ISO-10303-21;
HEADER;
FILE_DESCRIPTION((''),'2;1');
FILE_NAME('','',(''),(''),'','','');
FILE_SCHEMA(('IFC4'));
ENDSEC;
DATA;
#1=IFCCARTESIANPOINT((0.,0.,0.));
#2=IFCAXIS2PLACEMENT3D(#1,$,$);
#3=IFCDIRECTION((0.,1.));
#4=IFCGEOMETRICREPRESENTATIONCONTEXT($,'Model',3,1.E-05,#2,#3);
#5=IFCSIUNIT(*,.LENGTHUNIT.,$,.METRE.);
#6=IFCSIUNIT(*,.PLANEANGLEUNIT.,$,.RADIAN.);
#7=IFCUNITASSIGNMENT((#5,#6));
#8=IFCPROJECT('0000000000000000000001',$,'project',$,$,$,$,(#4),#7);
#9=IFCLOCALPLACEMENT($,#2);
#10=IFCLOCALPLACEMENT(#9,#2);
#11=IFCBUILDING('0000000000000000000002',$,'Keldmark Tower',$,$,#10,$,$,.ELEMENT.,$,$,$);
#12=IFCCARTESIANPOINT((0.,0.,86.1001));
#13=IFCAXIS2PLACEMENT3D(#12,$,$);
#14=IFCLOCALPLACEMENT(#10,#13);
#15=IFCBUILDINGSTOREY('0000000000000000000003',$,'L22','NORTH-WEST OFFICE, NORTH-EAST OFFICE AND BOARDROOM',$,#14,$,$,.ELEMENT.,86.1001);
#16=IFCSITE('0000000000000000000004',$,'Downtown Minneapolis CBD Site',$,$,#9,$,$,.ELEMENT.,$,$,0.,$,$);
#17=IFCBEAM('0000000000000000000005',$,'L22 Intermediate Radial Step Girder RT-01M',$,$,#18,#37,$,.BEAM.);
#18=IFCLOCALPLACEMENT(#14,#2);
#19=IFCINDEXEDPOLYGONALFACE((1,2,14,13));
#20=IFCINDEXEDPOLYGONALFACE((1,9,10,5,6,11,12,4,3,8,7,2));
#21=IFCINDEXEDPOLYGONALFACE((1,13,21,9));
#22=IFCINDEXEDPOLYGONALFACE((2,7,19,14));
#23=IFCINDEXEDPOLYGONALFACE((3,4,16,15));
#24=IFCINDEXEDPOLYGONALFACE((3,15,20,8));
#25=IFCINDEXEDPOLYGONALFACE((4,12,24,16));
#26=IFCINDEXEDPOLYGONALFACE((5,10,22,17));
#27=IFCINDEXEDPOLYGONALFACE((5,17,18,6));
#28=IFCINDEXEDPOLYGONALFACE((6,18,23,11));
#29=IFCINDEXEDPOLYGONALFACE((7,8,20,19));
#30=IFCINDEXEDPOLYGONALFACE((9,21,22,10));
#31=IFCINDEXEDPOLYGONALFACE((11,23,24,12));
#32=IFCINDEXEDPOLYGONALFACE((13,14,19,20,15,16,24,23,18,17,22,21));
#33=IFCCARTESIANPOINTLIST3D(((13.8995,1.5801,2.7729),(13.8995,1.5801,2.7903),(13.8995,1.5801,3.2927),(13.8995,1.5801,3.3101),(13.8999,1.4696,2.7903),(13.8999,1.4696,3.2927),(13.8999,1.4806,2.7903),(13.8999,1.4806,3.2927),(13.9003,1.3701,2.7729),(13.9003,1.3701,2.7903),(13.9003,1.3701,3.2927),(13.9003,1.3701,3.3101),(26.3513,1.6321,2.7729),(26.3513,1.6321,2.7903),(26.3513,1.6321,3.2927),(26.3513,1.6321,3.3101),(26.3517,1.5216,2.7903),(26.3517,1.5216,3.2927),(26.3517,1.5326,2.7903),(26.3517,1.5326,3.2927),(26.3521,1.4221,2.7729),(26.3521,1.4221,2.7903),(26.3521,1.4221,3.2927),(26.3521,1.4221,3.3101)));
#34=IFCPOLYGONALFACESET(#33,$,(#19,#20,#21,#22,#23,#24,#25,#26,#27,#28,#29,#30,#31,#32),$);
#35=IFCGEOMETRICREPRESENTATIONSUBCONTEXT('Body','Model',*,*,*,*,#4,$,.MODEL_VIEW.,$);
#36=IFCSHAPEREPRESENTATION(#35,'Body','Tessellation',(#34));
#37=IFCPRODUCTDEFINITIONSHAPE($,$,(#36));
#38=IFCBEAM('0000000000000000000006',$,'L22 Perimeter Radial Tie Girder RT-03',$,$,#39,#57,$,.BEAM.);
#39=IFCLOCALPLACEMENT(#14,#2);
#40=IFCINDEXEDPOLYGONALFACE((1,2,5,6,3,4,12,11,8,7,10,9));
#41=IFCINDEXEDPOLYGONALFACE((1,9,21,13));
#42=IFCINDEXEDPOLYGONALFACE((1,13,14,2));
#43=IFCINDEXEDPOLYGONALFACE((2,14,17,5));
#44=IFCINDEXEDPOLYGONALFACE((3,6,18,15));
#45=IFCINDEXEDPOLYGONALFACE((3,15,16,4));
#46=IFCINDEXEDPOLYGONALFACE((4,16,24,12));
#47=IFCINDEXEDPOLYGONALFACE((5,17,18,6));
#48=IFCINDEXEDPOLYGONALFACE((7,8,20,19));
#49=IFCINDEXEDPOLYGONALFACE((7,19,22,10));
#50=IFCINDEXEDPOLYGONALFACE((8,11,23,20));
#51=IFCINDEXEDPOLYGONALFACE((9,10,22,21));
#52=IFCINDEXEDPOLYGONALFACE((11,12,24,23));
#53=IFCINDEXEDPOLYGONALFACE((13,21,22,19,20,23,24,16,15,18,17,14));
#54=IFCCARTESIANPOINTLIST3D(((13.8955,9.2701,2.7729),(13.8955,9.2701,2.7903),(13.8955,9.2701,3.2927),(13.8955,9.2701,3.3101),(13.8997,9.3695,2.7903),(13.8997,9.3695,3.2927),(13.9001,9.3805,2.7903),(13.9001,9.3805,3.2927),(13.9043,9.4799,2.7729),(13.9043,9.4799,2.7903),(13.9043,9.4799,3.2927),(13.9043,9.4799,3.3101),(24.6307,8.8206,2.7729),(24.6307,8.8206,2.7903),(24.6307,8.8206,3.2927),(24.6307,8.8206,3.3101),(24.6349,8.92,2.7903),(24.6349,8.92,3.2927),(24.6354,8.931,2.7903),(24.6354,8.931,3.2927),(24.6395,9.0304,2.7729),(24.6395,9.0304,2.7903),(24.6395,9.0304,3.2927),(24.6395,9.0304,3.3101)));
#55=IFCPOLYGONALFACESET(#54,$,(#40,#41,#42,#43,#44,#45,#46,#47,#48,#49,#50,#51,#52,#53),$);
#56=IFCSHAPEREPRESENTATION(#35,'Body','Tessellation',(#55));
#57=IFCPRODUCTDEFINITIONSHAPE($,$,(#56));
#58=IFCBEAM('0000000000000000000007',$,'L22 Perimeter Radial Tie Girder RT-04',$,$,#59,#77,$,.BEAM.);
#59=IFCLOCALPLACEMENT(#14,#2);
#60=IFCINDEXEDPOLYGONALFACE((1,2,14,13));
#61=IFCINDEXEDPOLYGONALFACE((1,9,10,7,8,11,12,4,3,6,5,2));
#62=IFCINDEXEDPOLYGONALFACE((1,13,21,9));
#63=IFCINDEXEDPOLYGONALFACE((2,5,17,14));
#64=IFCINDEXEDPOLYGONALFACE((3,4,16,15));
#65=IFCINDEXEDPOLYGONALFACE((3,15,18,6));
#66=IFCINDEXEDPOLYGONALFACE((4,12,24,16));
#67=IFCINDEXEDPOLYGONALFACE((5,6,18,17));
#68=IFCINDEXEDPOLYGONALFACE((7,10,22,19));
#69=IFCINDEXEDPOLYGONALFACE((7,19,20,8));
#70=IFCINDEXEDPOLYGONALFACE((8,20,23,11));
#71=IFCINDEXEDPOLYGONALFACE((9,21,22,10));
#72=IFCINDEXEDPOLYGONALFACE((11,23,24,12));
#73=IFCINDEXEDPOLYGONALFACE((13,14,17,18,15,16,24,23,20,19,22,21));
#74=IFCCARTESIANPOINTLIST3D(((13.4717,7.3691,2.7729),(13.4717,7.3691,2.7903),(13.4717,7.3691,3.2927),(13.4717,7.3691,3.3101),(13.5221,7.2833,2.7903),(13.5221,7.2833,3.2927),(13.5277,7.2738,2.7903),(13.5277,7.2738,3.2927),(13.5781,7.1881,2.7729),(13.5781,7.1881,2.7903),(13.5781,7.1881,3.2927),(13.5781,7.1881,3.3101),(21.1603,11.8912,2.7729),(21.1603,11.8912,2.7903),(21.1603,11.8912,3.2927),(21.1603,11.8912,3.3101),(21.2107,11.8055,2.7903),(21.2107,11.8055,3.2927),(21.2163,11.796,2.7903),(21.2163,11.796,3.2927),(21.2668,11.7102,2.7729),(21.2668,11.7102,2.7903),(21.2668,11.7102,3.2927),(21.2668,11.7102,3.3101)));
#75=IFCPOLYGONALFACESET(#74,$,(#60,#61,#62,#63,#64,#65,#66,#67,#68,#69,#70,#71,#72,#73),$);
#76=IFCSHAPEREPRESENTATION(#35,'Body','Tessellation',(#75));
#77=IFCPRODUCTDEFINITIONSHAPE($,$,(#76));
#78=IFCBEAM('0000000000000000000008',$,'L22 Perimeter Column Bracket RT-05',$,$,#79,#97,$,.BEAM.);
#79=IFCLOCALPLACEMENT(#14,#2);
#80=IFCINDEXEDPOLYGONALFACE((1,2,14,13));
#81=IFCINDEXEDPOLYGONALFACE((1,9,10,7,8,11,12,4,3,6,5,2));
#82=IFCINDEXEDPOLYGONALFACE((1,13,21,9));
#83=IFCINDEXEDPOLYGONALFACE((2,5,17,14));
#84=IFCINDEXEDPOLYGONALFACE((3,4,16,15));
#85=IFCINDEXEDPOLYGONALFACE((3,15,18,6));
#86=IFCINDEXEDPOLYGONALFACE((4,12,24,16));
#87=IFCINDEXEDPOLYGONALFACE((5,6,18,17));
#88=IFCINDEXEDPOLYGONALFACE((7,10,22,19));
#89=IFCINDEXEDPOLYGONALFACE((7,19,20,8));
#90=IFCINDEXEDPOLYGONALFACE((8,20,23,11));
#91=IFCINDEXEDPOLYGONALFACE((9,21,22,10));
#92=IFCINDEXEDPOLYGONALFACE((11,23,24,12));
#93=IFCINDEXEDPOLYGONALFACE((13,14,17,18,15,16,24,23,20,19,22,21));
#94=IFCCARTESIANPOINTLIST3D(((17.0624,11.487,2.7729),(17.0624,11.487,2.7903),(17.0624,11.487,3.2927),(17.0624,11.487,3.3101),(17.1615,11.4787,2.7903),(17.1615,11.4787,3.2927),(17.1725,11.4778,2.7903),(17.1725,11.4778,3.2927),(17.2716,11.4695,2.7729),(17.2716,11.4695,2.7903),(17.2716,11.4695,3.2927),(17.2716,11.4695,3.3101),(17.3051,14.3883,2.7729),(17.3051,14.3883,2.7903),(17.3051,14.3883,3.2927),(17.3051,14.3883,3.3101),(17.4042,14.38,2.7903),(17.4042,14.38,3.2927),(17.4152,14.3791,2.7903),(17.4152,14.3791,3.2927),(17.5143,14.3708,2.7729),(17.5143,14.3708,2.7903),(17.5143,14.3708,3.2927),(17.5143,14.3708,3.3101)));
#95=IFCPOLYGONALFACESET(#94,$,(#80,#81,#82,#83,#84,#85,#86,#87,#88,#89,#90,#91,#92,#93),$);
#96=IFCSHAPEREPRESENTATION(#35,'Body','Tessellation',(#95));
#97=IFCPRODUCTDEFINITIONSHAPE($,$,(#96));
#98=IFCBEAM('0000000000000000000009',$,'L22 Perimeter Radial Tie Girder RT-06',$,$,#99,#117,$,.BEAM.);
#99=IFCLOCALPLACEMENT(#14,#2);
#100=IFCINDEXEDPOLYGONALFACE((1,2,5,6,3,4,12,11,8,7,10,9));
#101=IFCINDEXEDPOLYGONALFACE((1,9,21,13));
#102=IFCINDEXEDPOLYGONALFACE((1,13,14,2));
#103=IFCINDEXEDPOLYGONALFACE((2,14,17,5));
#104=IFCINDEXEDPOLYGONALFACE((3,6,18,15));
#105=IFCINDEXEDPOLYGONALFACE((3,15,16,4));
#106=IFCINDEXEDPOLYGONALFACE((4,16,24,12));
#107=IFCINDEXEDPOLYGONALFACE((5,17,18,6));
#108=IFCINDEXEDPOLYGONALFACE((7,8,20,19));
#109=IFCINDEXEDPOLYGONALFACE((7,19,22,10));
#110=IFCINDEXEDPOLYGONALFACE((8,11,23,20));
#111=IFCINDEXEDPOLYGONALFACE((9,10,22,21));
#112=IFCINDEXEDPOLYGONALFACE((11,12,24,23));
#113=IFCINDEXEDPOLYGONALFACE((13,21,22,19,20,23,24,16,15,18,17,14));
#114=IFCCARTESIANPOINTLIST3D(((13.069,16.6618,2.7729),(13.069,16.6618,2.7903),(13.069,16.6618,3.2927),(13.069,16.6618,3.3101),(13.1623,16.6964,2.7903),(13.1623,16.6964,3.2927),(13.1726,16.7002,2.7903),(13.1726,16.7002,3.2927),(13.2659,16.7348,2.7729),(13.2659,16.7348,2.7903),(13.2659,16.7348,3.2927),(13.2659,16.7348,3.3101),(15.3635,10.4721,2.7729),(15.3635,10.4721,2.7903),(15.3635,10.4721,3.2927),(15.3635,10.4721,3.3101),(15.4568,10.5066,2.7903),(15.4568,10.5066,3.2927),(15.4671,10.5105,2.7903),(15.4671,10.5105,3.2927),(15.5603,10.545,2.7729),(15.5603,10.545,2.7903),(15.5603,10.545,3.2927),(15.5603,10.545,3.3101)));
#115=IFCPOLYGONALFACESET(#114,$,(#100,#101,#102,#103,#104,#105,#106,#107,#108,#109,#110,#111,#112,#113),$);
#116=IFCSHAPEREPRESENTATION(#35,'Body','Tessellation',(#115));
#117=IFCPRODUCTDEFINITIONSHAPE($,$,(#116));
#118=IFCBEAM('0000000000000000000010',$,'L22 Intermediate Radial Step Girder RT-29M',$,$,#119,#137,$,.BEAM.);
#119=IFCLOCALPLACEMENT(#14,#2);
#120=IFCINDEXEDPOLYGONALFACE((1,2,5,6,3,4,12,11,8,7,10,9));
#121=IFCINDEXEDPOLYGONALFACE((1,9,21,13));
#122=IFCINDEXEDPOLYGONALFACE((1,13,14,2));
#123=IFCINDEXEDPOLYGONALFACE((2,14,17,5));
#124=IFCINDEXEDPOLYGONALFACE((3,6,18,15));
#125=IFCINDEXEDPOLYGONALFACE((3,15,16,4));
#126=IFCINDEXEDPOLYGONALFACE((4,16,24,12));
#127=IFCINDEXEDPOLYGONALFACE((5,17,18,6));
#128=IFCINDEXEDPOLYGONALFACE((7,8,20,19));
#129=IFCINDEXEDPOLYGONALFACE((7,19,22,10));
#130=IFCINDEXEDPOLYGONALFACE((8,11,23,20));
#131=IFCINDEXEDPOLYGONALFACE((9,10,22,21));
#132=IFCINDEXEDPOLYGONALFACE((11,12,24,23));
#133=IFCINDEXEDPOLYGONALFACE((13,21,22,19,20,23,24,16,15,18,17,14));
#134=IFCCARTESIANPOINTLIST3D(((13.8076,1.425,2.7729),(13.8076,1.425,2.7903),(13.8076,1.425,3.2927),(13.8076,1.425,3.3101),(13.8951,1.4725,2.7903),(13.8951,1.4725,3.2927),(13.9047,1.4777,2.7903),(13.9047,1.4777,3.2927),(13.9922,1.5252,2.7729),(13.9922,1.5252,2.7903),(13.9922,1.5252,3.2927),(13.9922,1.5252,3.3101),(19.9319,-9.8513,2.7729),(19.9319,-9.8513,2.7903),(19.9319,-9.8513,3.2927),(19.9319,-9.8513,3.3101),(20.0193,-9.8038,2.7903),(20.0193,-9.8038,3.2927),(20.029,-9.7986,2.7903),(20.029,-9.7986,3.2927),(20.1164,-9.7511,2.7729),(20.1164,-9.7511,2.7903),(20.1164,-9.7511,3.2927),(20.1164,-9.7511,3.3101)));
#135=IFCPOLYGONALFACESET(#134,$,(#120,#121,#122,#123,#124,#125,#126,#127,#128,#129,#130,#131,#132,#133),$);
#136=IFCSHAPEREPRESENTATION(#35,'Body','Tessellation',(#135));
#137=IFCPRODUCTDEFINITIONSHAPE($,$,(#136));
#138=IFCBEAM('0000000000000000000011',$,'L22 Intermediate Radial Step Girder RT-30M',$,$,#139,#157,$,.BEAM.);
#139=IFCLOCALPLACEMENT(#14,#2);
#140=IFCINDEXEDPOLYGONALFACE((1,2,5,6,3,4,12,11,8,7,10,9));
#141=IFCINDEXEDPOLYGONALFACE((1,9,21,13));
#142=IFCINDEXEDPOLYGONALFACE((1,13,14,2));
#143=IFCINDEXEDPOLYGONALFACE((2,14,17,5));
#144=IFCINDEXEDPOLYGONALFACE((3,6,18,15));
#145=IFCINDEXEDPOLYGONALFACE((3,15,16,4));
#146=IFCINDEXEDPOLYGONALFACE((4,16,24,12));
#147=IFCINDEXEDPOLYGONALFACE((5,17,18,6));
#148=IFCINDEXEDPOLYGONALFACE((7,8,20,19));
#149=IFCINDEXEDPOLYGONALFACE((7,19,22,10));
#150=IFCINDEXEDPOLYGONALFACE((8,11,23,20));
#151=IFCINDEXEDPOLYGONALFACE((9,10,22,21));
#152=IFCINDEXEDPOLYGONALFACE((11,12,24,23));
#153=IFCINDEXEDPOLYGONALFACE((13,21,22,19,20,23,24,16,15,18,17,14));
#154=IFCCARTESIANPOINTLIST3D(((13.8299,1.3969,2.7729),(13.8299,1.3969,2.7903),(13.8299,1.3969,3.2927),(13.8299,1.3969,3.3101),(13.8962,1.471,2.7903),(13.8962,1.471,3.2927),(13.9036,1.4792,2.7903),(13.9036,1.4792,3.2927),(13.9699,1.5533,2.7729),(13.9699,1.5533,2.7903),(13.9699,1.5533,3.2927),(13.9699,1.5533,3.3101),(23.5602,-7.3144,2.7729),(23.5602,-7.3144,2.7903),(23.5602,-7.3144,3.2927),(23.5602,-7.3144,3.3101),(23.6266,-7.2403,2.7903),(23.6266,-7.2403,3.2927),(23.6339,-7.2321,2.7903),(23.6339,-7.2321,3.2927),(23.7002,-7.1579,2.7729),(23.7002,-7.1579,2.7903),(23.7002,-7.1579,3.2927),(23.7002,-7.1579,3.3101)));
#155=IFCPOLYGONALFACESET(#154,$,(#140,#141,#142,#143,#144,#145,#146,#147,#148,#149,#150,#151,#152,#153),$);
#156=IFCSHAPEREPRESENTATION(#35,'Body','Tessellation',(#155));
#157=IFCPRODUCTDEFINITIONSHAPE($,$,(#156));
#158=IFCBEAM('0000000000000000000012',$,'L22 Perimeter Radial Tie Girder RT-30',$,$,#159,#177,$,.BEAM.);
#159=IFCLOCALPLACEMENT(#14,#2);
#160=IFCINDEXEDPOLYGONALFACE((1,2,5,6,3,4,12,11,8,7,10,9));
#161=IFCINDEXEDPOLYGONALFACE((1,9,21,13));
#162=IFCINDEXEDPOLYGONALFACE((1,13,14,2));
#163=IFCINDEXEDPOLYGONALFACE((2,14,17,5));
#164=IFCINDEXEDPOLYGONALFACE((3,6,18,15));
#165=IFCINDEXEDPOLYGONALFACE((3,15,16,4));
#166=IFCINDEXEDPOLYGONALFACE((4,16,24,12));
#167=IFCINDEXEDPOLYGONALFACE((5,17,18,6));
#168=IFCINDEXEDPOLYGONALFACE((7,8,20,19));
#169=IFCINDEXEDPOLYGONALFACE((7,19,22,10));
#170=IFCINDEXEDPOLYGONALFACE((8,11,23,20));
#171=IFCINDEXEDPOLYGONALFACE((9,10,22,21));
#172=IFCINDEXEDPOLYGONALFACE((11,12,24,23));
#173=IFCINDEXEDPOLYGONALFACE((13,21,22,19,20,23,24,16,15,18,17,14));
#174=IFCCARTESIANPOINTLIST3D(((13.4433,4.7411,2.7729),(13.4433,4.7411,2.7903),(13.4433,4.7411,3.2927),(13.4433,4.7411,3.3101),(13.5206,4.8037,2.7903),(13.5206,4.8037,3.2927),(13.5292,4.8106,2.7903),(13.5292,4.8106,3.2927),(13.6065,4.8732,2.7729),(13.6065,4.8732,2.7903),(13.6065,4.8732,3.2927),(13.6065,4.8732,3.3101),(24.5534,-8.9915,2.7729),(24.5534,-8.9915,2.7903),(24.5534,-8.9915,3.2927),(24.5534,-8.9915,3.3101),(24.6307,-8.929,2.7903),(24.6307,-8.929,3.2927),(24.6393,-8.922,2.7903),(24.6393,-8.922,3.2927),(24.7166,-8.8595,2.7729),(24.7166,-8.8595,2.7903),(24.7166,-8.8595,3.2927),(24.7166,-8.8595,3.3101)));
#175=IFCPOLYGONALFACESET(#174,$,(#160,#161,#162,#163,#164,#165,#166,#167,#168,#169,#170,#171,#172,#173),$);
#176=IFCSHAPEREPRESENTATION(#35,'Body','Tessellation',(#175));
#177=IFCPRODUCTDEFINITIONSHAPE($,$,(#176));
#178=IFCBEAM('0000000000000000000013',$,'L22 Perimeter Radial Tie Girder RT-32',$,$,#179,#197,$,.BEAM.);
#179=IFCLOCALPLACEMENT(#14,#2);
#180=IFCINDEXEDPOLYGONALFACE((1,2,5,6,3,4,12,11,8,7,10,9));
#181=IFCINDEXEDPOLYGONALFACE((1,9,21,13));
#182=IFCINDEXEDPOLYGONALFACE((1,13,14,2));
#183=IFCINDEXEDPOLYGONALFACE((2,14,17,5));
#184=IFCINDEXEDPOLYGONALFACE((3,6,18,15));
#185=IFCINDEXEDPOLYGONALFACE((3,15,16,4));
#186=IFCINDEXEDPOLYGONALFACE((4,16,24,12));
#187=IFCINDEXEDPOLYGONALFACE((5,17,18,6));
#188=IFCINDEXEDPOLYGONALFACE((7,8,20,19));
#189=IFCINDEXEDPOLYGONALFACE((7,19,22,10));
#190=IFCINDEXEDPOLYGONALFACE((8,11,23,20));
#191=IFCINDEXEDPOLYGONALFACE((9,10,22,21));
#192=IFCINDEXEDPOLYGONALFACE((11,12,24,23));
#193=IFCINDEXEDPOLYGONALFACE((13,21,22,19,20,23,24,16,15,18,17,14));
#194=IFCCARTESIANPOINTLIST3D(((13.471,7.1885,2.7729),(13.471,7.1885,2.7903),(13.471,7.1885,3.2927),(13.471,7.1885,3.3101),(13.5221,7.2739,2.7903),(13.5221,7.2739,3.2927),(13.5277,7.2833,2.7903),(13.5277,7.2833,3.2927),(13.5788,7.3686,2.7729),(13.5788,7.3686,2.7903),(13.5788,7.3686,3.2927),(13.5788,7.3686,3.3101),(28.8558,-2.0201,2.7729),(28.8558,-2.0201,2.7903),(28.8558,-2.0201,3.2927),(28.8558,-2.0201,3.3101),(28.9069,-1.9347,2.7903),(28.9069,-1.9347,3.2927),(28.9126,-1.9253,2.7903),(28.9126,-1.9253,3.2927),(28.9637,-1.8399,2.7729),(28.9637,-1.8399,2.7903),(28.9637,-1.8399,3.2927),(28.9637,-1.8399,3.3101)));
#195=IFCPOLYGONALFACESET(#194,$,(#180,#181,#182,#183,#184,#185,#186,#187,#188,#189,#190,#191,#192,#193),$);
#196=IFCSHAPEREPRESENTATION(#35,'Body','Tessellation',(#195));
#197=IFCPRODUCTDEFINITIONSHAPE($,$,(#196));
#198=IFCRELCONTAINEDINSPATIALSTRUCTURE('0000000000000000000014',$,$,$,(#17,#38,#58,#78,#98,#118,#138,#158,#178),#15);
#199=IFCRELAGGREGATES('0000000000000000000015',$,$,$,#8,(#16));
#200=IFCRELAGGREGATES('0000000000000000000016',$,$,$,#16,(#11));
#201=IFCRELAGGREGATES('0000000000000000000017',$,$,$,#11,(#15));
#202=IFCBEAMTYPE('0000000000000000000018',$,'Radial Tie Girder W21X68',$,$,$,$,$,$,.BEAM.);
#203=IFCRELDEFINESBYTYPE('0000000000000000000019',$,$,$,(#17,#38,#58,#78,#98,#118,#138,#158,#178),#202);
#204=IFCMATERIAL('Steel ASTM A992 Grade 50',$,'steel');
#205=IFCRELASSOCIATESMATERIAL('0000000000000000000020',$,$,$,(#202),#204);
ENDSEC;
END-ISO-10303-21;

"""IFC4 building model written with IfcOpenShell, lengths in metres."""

from ifc_helpers import new_model, si_unit, direction, frame, origin, origin_2d, place, context, subcontext, project, spatial, i_section, extrude, material, material_profile, profile_set, type_object, element, save


model = new_model("IFC4")

# Units and contexts
model_context = context("Model", 3, precision=1e-05, world=origin(), true_north=direction((0.0, 1.0)))
body_context = subcontext(model_context, "Body", "Model", "MODEL_VIEW")
ifc_project = project(units=[si_unit("LENGTHUNIT", "METRE"), si_unit("PLANEANGLEUNIT", "RADIAN")], contexts=[model_context])

# Site, building, storey
site_placement = place(None, origin())
site = spatial("IfcSite", under=ifc_project, at=site_placement, Name="Downtown Minneapolis CBD Site", CompositionType="ELEMENT", RefElevation=0.0)
building_placement = place(site_placement, origin())
building = spatial("IfcBuilding", under=site, at=building_placement, Name="Keldmark Tower", CompositionType="ELEMENT")
storey_placement = place(building_placement, frame((0.0, 0.0, 86.1001)))
storey = spatial("IfcBuildingStorey", under=building, at=storey_placement, Name="L22", Description="NORTH-WEST OFFICE, NORTH-EAST OFFICE AND BOARDROOM", CompositionType="ELEMENT", Elevation=86.1001)

# Beams
ifc_material_1 = material(Name="Steel ASTM A992 Grade 50", Category="steel")
ifc_material_profile_1 = material_profile(ifc_material_1, i_section(OverallWidth=0.21, OverallDepth=0.5371, WebThickness=0.011, FlangeThickness=0.0173, at=origin_2d()), Name="W21X68")
ifc_profile_set_1 = profile_set([ifc_material_profile_1], Name="Steel ASTM A992 Grade 50")
beam_type_1 = type_object("IfcBeamType", Name="Radial Tie Girder W21X68", PredefinedType="BEAM", material=ifc_profile_set_1)
beam_1_placement = place(storey_placement, frame((13.8999, 1.4751, 3.0415), z_axis=(0.999991, 0.004176, 0.0), x_axis=(-0.004176, 0.999991, 0.0)))
element("IfcBeam", 1, at=beam_1_placement, inside=storey, type_object=beam_type_1, Name="L22 Intermediate Radial Step Girder RT-01M", PredefinedType="BEAM", context=body_context, shape_type="SweptSolid", body=[
    extrude(i_section(OverallWidth=0.21, OverallDepth=0.5371, WebThickness=0.011, FlangeThickness=0.0173, at=origin_2d()), origin(), (0.0, 0.0, 1.0), 12.4519),
])
beam_2_placement = place(storey_placement, frame((13.8999, 9.375, 3.0415), z_axis=(0.999125, -0.041832, 0.0), x_axis=(0.041832, 0.999125, 0.0)))
element("IfcBeam", 2, at=beam_2_placement, inside=storey, type_object=beam_type_1, Name="L22 Perimeter Radial Tie Girder RT-03", PredefinedType="BEAM", context=body_context, shape_type="SweptSolid", body=[
    extrude(i_section(OverallWidth=0.21, OverallDepth=0.5371, WebThickness=0.011, FlangeThickness=0.0173, at=origin_2d()), origin(), (0.0, 0.0, 1.0), 10.7446),
])
beam_3_placement = place(storey_placement, frame((13.5249, 7.2786, 3.0415), z_axis=(0.861962, 0.506973, 0.0), x_axis=(-0.506973, 0.861962, 0.0)))
element("IfcBeam", 3, at=beam_3_placement, inside=storey, type_object=beam_type_1, Name="L22 Perimeter Radial Tie Girder RT-04", PredefinedType="BEAM", context=body_context, shape_type="SweptSolid", body=[
    extrude(i_section(OverallWidth=0.21, OverallDepth=0.5371, WebThickness=0.011, FlangeThickness=0.0173, at=origin_2d()), origin(), (0.0, 0.0, 1.0), 8.9199),
])
beam_4_placement = place(storey_placement, frame((17.167, 11.4783, 3.0415), z_axis=(0.083358, 0.99652, 0.0), x_axis=(-0.99652, 0.083358, 0.0)))
element("IfcBeam", 4, at=beam_4_placement, inside=storey, type_object=beam_type_1, Name="L22 Perimeter Column Bracket RT-05", PredefinedType="BEAM", context=body_context, shape_type="SweptSolid", body=[
    extrude(i_section(OverallWidth=0.21, OverallDepth=0.5371, WebThickness=0.011, FlangeThickness=0.0173, at=origin_2d()), origin(), (0.0, 0.0, 1.0), 2.9114),
])
beam_5_placement = place(storey_placement, frame((15.4619, 10.5085, 3.0415), z_axis=(-0.347575, 0.937652, 0.0), x_axis=(-0.937652, -0.347575, 0.0)))
element("IfcBeam", 5, at=beam_5_placement, inside=storey, type_object=beam_type_1, Name="L22 Perimeter Radial Tie Girder RT-06", PredefinedType="BEAM", context=body_context, shape_type="SweptSolid", body=[
    extrude(i_section(OverallWidth=0.21, OverallDepth=0.5371, WebThickness=0.011, FlangeThickness=0.0173, at=origin_2d()), origin(), (0.0, 0.0, 1.0), 6.6013),
])
beam_6_placement = place(storey_placement, frame((13.8999, 1.4751, 3.0415), z_axis=(0.477261, -0.878762, 0.0), x_axis=(0.878762, 0.477261, 0.0)))
element("IfcBeam", 6, at=beam_6_placement, inside=storey, type_object=beam_type_1, Name="L22 Intermediate Radial Step Girder RT-29M", PredefinedType="BEAM", context=body_context, shape_type="SweptSolid", body=[
    extrude(i_section(OverallWidth=0.21, OverallDepth=0.5371, WebThickness=0.011, FlangeThickness=0.0173, at=origin_2d()), origin(), (0.0, 0.0, 1.0), 12.832),
])
beam_7_placement = place(storey_placement, frame((13.8999, 1.4751, 3.0415), z_axis=(0.745044, -0.667016, 0.0), x_axis=(0.667016, 0.745044, 0.0)))
element("IfcBeam", 7, at=beam_7_placement, inside=storey, type_object=beam_type_1, Name="L22 Intermediate Radial Step Girder RT-30M", PredefinedType="BEAM", context=body_context, shape_type="SweptSolid", body=[
    extrude(i_section(OverallWidth=0.21, OverallDepth=0.5371, WebThickness=0.011, FlangeThickness=0.0173, at=origin_2d()), origin(), (0.0, 0.0, 1.0), 13.0601),
])
beam_8_placement = place(storey_placement, frame((13.5249, 4.8071, 3.0415), z_axis=(0.628965, -0.777433, 0.0), x_axis=(0.777433, 0.628965, 0.0)))
element("IfcBeam", 8, at=beam_8_placement, inside=storey, type_object=beam_type_1, Name="L22 Perimeter Radial Tie Girder RT-30", PredefinedType="BEAM", context=body_context, shape_type="SweptSolid", body=[
    extrude(i_section(OverallWidth=0.21, OverallDepth=0.5371, WebThickness=0.011, FlangeThickness=0.0173, at=origin_2d()), origin(), (0.0, 0.0, 1.0), 17.6641),
])
beam_9_placement = place(storey_placement, frame((13.5249, 7.2786, 3.0415), z_axis=(0.858043, -0.513578, 0.0), x_axis=(0.513578, 0.858043, 0.0)))
element("IfcBeam", 9, at=beam_9_placement, inside=storey, type_object=beam_type_1, Name="L22 Perimeter Radial Tie Girder RT-32", PredefinedType="BEAM", context=body_context, shape_type="SweptSolid", body=[
    extrude(i_section(OverallWidth=0.21, OverallDepth=0.5371, WebThickness=0.011, FlangeThickness=0.0173, at=origin_2d()), origin(), (0.0, 0.0, 1.0), 17.9302),
])

save(model, "model.ifc")
